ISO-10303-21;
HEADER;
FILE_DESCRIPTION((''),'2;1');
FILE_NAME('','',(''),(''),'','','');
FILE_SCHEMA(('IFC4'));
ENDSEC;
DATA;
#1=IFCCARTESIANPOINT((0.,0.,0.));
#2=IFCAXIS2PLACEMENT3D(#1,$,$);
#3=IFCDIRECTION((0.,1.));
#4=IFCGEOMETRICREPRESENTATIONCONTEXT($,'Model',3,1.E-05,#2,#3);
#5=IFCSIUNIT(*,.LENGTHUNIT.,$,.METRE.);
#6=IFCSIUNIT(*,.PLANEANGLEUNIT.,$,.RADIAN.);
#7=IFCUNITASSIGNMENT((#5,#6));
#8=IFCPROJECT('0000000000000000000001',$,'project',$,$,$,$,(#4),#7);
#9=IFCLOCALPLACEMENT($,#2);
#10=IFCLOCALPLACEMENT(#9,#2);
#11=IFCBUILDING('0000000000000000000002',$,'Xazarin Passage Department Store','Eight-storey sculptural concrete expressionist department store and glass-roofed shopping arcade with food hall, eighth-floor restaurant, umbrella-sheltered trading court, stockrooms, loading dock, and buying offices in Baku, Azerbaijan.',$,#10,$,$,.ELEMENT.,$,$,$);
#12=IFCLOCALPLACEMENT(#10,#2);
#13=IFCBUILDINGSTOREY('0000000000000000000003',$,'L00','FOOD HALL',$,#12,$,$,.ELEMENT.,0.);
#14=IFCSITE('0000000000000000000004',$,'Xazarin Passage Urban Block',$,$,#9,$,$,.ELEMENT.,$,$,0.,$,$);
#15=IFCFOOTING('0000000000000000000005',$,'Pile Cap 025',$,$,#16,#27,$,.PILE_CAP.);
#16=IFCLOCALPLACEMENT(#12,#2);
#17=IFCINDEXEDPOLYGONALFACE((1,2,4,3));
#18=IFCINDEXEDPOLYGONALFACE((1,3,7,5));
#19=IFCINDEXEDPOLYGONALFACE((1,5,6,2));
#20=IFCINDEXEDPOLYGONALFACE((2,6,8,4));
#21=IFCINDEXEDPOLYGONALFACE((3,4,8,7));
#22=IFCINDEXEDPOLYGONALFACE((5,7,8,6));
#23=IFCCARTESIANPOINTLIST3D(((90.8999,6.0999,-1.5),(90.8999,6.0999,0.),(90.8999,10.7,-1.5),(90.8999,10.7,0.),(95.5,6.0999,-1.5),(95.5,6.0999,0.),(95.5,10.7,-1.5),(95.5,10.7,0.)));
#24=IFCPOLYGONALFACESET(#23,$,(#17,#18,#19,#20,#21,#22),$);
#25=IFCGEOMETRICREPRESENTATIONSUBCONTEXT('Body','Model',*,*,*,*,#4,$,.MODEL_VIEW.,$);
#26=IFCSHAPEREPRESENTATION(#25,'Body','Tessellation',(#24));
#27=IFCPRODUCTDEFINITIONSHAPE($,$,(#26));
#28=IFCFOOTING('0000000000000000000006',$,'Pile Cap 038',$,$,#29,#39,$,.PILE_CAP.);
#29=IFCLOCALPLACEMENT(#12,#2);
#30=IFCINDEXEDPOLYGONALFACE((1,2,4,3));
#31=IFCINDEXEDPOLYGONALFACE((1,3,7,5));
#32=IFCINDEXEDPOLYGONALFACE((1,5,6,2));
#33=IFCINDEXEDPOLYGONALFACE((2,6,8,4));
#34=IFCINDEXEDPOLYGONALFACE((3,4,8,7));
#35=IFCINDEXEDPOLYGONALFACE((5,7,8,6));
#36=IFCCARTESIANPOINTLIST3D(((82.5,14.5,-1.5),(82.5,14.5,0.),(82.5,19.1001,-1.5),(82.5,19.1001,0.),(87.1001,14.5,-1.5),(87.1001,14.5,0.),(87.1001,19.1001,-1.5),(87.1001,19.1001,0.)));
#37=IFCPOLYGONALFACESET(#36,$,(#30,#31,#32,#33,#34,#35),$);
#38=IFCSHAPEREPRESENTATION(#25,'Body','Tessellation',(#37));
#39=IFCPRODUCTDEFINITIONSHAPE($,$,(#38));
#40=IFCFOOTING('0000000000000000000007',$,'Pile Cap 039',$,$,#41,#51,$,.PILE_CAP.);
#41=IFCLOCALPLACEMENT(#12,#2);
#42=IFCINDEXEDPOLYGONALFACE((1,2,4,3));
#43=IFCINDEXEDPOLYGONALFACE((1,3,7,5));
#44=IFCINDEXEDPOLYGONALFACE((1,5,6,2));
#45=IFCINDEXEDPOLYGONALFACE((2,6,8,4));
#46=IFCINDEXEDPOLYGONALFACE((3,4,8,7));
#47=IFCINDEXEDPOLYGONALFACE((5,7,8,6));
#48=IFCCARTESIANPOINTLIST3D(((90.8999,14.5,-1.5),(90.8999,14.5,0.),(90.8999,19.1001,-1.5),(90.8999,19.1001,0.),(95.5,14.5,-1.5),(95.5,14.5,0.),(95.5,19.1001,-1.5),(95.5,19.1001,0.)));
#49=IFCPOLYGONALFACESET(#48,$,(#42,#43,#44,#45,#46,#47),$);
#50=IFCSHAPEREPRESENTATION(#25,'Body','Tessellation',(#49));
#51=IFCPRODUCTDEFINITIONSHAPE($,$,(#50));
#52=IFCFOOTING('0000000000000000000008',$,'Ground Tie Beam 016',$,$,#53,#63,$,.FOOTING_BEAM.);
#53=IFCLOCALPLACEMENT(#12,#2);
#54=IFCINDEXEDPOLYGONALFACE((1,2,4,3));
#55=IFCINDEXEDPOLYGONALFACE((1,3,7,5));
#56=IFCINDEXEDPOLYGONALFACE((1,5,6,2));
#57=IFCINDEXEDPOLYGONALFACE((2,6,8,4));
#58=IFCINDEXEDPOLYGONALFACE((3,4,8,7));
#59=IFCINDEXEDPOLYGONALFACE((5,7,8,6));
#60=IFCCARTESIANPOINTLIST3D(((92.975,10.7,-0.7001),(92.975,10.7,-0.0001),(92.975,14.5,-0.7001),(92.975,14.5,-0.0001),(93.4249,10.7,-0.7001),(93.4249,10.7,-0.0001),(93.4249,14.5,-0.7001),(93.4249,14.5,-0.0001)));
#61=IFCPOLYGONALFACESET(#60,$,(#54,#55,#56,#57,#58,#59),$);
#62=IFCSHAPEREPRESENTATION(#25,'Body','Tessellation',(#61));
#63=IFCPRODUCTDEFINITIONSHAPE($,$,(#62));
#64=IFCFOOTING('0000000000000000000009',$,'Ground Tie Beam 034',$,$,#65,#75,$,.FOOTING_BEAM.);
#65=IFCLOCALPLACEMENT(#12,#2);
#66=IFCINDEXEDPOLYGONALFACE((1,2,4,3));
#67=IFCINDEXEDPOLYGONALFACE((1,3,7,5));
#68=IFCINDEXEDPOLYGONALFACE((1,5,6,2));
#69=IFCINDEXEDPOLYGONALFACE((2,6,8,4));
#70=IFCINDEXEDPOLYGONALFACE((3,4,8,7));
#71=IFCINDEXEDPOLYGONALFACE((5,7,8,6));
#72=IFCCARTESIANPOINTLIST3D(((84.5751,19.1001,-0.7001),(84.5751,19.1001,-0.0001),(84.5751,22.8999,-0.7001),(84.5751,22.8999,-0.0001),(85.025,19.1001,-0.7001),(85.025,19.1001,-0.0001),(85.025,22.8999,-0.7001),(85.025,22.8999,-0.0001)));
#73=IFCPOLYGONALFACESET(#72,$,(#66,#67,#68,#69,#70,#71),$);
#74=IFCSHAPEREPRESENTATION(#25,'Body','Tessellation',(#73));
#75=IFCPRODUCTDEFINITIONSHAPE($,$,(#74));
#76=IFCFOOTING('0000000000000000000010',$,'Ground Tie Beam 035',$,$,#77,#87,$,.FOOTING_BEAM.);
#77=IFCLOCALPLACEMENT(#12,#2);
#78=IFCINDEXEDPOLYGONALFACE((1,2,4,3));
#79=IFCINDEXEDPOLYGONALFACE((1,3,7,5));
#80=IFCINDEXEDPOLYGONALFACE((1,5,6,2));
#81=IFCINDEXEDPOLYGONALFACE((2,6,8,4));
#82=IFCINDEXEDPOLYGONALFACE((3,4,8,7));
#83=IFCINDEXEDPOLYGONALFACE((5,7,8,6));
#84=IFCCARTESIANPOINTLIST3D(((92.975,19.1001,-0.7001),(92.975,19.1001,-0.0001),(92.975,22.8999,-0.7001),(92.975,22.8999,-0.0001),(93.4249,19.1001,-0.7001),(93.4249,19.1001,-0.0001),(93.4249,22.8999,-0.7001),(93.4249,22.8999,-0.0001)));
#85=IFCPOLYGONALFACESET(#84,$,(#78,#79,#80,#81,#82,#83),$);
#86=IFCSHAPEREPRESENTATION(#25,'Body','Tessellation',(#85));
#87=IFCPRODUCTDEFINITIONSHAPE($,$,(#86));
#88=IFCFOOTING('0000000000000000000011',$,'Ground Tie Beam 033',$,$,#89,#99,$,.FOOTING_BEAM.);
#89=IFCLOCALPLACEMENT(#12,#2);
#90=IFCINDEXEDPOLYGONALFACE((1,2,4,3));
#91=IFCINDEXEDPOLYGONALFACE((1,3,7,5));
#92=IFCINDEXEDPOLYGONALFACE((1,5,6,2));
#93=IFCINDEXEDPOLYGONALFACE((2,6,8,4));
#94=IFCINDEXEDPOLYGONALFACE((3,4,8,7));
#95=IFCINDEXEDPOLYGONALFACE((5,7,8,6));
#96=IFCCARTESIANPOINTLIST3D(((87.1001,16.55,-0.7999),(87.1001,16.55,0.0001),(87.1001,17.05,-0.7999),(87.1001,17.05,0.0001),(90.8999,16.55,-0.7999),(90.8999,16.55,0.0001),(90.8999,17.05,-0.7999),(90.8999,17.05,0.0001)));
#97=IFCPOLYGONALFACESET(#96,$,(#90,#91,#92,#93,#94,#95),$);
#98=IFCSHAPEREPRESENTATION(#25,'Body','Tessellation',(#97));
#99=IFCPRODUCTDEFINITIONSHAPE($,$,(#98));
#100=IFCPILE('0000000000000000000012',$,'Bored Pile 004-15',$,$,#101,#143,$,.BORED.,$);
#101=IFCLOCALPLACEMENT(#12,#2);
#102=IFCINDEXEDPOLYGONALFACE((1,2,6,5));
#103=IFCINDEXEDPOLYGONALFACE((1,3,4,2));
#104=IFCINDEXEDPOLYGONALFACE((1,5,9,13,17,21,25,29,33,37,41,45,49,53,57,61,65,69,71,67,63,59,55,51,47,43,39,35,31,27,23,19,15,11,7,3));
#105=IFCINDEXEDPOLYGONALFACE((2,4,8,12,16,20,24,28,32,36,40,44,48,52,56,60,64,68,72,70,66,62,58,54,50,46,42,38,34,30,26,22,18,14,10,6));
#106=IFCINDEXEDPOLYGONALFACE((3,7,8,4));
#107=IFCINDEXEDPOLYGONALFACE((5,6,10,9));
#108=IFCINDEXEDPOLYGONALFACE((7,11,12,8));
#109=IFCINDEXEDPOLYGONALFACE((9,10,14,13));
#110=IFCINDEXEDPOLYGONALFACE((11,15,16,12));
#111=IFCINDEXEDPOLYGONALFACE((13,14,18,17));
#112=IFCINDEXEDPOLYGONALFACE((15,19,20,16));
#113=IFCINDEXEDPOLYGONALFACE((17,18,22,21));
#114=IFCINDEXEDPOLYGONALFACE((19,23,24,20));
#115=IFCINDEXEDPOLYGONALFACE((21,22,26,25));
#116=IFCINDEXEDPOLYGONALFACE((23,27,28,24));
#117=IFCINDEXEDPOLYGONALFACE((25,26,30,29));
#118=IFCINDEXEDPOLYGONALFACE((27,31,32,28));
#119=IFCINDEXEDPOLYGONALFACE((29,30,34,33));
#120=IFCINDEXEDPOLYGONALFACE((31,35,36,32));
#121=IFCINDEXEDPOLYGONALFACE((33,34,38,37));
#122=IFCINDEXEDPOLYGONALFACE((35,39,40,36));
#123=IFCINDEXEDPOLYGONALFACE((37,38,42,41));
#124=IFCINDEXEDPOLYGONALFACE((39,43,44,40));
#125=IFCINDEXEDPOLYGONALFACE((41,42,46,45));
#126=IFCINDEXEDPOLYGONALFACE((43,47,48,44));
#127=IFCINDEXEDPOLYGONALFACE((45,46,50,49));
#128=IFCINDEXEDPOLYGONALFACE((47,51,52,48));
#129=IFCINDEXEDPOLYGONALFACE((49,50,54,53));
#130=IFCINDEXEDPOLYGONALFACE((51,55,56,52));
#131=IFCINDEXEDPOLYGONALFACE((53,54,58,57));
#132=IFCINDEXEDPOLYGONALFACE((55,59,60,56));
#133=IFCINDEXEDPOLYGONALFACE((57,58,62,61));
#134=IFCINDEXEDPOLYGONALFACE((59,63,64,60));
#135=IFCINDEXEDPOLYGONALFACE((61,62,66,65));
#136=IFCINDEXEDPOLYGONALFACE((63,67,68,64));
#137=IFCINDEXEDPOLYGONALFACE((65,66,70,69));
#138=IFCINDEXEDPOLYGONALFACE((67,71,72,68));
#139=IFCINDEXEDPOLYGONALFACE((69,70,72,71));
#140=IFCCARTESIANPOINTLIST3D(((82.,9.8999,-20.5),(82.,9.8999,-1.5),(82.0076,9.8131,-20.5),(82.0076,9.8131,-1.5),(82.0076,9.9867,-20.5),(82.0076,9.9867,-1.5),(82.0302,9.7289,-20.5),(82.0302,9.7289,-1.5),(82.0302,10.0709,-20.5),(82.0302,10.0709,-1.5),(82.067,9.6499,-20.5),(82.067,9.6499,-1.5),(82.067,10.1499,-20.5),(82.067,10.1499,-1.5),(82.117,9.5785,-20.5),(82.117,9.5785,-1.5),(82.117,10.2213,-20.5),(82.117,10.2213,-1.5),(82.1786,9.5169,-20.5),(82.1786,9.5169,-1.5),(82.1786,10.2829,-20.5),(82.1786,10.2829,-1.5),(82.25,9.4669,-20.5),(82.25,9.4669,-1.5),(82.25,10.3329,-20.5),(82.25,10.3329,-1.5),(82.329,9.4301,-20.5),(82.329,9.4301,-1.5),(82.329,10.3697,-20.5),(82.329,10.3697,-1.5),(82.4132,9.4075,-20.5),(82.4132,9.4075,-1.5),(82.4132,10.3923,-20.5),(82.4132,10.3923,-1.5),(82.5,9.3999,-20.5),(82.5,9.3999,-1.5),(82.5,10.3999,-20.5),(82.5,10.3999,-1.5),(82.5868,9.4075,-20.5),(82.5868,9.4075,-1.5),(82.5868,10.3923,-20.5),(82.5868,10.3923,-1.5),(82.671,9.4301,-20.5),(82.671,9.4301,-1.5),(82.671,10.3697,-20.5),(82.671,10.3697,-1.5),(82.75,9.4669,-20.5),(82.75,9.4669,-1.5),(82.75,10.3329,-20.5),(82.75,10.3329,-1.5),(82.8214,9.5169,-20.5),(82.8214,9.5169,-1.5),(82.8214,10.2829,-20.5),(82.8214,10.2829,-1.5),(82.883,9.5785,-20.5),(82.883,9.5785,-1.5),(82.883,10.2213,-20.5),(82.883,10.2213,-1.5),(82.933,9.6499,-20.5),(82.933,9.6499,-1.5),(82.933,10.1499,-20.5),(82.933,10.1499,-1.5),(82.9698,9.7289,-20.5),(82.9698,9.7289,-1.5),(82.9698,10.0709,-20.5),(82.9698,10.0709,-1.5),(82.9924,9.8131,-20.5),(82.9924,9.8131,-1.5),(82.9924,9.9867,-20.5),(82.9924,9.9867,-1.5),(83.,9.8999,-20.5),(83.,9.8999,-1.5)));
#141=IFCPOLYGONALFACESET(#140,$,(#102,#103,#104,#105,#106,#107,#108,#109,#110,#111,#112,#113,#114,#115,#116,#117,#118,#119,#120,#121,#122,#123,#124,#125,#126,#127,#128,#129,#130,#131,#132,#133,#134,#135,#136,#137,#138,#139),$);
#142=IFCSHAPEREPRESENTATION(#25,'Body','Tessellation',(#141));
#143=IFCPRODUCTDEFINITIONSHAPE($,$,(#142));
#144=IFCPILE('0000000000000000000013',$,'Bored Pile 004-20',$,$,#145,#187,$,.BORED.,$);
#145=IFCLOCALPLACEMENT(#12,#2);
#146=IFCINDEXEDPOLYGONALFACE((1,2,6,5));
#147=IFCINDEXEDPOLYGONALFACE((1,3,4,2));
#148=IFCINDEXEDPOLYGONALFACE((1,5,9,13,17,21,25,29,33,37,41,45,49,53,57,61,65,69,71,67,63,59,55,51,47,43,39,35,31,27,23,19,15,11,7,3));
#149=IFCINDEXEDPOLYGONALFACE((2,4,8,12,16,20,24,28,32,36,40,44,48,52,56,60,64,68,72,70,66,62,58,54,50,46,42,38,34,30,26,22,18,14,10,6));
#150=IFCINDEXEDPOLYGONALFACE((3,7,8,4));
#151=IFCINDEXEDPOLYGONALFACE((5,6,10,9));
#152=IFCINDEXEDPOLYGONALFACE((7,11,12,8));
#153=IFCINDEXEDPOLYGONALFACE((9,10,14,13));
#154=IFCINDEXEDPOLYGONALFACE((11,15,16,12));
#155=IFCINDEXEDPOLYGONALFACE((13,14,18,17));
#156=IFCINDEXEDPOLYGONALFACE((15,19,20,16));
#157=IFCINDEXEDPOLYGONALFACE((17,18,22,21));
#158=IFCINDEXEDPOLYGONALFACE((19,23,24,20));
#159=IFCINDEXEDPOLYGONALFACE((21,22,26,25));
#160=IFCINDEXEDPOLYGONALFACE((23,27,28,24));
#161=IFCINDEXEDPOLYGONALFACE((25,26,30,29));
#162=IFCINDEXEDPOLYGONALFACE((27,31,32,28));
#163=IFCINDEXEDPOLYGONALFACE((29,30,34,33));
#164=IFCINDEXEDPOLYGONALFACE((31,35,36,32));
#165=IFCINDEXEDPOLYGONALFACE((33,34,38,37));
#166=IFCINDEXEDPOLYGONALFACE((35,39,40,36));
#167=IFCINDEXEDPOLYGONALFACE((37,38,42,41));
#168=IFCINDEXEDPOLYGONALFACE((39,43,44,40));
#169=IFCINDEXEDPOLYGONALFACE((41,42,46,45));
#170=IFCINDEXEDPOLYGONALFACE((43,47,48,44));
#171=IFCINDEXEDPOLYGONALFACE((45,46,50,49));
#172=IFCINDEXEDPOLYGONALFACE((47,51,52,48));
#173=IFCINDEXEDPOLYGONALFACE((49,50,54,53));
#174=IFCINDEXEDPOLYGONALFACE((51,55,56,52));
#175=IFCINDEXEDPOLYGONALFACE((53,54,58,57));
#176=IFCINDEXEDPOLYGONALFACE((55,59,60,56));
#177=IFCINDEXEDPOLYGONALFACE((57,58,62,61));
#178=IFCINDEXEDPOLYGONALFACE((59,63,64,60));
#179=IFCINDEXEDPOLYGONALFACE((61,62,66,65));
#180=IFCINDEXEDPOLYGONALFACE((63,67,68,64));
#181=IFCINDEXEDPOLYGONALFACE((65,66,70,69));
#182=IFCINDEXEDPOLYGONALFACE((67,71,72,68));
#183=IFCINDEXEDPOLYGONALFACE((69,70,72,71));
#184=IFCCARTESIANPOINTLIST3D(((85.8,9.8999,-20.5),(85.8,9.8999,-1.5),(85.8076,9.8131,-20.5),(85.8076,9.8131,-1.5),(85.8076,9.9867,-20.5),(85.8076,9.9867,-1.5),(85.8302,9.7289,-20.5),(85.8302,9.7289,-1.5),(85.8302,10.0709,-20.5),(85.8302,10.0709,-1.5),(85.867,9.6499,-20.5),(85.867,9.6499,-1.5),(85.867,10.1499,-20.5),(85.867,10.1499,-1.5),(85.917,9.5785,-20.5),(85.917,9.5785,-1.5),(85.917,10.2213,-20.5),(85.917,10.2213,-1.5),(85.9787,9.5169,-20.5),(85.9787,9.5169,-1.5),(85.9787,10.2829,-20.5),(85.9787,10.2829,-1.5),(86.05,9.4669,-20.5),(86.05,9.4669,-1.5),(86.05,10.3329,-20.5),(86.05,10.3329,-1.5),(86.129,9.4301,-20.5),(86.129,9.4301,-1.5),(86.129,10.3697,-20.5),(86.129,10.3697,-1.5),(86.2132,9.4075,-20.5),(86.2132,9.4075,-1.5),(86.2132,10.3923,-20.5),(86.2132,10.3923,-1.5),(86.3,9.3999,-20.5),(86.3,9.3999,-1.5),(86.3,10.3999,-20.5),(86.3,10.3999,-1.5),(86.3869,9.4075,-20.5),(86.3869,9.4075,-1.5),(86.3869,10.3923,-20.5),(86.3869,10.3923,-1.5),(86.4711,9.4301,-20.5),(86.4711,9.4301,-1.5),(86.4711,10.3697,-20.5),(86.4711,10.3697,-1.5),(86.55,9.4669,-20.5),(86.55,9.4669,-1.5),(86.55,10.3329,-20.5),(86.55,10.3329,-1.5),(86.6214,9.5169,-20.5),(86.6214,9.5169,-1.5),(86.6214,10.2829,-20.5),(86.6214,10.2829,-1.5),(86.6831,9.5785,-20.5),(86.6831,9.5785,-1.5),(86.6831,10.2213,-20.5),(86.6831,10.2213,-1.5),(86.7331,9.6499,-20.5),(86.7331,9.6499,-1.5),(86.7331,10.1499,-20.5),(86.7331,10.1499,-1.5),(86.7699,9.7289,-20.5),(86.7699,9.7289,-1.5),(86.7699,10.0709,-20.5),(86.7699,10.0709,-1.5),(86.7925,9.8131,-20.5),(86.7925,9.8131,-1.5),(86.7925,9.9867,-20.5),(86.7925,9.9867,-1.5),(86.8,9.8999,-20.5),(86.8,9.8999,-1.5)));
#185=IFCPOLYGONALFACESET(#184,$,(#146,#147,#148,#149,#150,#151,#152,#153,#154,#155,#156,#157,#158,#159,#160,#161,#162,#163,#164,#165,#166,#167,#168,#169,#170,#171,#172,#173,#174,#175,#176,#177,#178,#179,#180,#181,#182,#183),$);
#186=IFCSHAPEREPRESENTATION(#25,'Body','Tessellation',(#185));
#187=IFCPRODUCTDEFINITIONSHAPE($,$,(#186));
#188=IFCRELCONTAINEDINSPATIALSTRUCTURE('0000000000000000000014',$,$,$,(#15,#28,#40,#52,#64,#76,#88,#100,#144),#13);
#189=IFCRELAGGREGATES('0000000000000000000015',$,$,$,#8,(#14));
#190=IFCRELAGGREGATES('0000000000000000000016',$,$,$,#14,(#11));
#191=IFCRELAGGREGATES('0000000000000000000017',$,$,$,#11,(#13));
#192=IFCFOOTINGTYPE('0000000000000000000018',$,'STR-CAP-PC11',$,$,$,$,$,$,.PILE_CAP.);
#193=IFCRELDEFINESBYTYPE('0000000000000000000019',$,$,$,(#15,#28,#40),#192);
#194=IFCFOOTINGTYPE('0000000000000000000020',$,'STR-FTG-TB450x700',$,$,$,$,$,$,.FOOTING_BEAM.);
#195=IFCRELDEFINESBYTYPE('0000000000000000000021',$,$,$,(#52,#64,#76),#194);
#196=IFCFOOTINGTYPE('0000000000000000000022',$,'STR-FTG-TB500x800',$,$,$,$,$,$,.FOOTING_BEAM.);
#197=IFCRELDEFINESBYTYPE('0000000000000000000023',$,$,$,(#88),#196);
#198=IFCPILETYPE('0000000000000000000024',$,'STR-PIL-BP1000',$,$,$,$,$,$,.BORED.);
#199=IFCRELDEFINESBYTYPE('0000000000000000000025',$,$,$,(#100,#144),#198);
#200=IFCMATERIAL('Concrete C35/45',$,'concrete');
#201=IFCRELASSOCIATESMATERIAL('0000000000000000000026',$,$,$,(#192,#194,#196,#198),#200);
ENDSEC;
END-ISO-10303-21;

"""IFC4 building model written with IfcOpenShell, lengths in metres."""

from ifc_helpers import new_model, si_unit, direction, frame, origin, origin_2d, place, context, subcontext, project, spatial, rectangle, circle, extrude, material, material_profile, profile_set, type_object, element, save


model = new_model("IFC4")

# Units and contexts
model_context = context("Model", 3, precision=1e-05, world=origin(), true_north=direction((0.0, 1.0)))
body_context = subcontext(model_context, "Body", "Model", "MODEL_VIEW")
ifc_project = project(units=[si_unit("LENGTHUNIT", "METRE"), si_unit("PLANEANGLEUNIT", "RADIAN")], contexts=[model_context])

# Site, building, storey
site_placement = place(None, origin())
site = spatial("IfcSite", under=ifc_project, at=site_placement, Name="Xazarin Passage Urban Block", CompositionType="ELEMENT", RefElevation=0.0)
building_placement = place(site_placement, origin())
building = spatial("IfcBuilding", under=site, at=building_placement, Name="Xazarin Passage Department Store", Description="Eight-storey sculptural concrete expressionist department store and glass-roofed shopping arcade with food hall, eighth-floor restaurant, umbrella-sheltered trading court, stockrooms, loading dock, and buying offices in Baku, Azerbaijan.", CompositionType="ELEMENT")
storey_placement = place(building_placement, origin())
storey = spatial("IfcBuildingStorey", under=building, at=storey_placement, Name="L00", Description="FOOD HALL", CompositionType="ELEMENT", Elevation=0.0)

# Footings
ifc_material_1 = material(Name="Concrete C35/45", Category="concrete")
footing_type_1 = type_object("IfcFootingType", Name="STR-CAP-PC11", PredefinedType="PILE_CAP", material=ifc_material_1)
for number, where, z_axis, x_axis, name in (
    (1, (93.2, 8.3999, -1.5), (0.0, 0.0, 1.0), (1.0, 0.0, 0.0), "Pile Cap 025"),
    (2, (84.8, 16.8, -1.5), (0.0, 0.0, 1.0), (1.0, 0.0, 0.0), "Pile Cap 038"),
    (3, (93.2, 16.8, -1.5), (0.0, 0.0, 1.0), (1.0, 0.0, 0.0), "Pile Cap 039"),
):
    element("IfcFooting", number, at=place(storey_placement, frame(where, z_axis=z_axis, x_axis=x_axis)), inside=storey, type_object=footing_type_1, Name=name, PredefinedType="PILE_CAP", context=body_context, shape_type="SweptSolid", body=[
        extrude(rectangle(XDim=4.6001, YDim=4.6001, at=origin_2d()), origin(), (0.0, 0.0, 1.0), 1.5),
    ])
ifc_material_profile_1 = material_profile(ifc_material_1, rectangle(XDim=0.45, YDim=0.7, at=origin_2d()), Name="RC 450x700")
ifc_profile_set_1 = profile_set([ifc_material_profile_1], Name="Concrete C35/45")
footing_type_2 = type_object("IfcFootingType", Name="STR-FTG-TB450x700", PredefinedType="FOOTING_BEAM", material=ifc_profile_set_1)
footing_1_placement = place(storey_placement, frame((93.2, 10.7, -0.3501), z_axis=(0.0, 1.0, 0.0), x_axis=(-1.0, 0.0, 0.0)))
element("IfcFooting", 4, at=footing_1_placement, inside=storey, type_object=footing_type_2, Name="Ground Tie Beam 016", PredefinedType="FOOTING_BEAM", context=body_context, shape_type="SweptSolid", body=[
    extrude(rectangle(XDim=0.45, YDim=0.7, at=origin_2d()), origin(), (0.0, 0.0, 1.0), 3.8),
])
for number, where, z_axis, x_axis, name in (
    (5, (84.8, 19.1001, -0.3501), (0.0, 1.0, 0.0), (-1.0, 0.0, 0.0), "Ground Tie Beam 034"),
    (6, (93.2, 19.1001, -0.3501), (0.0, 1.0, 0.0), (-1.0, 0.0, 0.0), "Ground Tie Beam 035"),
):
    element("IfcFooting", number, at=place(storey_placement, frame(where, z_axis=z_axis, x_axis=x_axis)), inside=storey, type_object=footing_type_2, Name=name, PredefinedType="FOOTING_BEAM", context=body_context, shape_type="SweptSolid", body=[
        extrude(rectangle(XDim=0.45, YDim=0.7, at=origin_2d()), origin(), (0.0, 0.0, 1.0), 3.7998),
    ])
ifc_material_profile_2 = material_profile(ifc_material_1, rectangle(XDim=0.5, YDim=0.8, at=origin_2d()), Name="RC 500x800")
ifc_profile_set_2 = profile_set([ifc_material_profile_2], Name="Concrete C35/45")
footing_type_3 = type_object("IfcFootingType", Name="STR-FTG-TB500x800", PredefinedType="FOOTING_BEAM", material=ifc_profile_set_2)
footing_2_placement = place(storey_placement, frame((87.1001, 16.8, -0.3999), z_axis=(1.0, 0.0, 0.0), x_axis=(0.0, 1.0, 0.0)))
element("IfcFooting", 7, at=footing_2_placement, inside=storey, type_object=footing_type_3, Name="Ground Tie Beam 033", PredefinedType="FOOTING_BEAM", context=body_context, shape_type="SweptSolid", body=[
    extrude(rectangle(XDim=0.5, YDim=0.8, at=origin_2d()), origin(), (0.0, 0.0, 1.0), 3.7998),
])

# Piles
ifc_material_profile_3 = material_profile(ifc_material_1, circle(Radius=0.5, at=origin_2d()), Name="BP 1000")
ifc_profile_set_3 = profile_set([ifc_material_profile_3], Name="Concrete C35/45")
pile_type_1 = type_object("IfcPileType", Name="STR-PIL-BP1000", PredefinedType="BORED", material=ifc_profile_set_3)
for number, where, z_axis, x_axis, name in (
    (8, (82.5, 9.8999, -1.5), (0.0, 0.0, -1.0), (1.0, 0.0, 0.0), "Bored Pile 004-15"),
    (9, (86.3, 9.8999, -1.5), (0.0, 0.0, -1.0), (1.0, 0.0, 0.0), "Bored Pile 004-20"),
):
    element("IfcPile", number, at=place(storey_placement, frame(where, z_axis=z_axis, x_axis=x_axis)), inside=storey, type_object=pile_type_1, Name=name, PredefinedType="BORED", context=body_context, shape_type="SweptSolid", body=[
        extrude(circle(Radius=0.5, at=origin_2d()), origin(), (0.0, 0.0, 1.0), 19.0),
    ])

save(model, "model.ifc")
